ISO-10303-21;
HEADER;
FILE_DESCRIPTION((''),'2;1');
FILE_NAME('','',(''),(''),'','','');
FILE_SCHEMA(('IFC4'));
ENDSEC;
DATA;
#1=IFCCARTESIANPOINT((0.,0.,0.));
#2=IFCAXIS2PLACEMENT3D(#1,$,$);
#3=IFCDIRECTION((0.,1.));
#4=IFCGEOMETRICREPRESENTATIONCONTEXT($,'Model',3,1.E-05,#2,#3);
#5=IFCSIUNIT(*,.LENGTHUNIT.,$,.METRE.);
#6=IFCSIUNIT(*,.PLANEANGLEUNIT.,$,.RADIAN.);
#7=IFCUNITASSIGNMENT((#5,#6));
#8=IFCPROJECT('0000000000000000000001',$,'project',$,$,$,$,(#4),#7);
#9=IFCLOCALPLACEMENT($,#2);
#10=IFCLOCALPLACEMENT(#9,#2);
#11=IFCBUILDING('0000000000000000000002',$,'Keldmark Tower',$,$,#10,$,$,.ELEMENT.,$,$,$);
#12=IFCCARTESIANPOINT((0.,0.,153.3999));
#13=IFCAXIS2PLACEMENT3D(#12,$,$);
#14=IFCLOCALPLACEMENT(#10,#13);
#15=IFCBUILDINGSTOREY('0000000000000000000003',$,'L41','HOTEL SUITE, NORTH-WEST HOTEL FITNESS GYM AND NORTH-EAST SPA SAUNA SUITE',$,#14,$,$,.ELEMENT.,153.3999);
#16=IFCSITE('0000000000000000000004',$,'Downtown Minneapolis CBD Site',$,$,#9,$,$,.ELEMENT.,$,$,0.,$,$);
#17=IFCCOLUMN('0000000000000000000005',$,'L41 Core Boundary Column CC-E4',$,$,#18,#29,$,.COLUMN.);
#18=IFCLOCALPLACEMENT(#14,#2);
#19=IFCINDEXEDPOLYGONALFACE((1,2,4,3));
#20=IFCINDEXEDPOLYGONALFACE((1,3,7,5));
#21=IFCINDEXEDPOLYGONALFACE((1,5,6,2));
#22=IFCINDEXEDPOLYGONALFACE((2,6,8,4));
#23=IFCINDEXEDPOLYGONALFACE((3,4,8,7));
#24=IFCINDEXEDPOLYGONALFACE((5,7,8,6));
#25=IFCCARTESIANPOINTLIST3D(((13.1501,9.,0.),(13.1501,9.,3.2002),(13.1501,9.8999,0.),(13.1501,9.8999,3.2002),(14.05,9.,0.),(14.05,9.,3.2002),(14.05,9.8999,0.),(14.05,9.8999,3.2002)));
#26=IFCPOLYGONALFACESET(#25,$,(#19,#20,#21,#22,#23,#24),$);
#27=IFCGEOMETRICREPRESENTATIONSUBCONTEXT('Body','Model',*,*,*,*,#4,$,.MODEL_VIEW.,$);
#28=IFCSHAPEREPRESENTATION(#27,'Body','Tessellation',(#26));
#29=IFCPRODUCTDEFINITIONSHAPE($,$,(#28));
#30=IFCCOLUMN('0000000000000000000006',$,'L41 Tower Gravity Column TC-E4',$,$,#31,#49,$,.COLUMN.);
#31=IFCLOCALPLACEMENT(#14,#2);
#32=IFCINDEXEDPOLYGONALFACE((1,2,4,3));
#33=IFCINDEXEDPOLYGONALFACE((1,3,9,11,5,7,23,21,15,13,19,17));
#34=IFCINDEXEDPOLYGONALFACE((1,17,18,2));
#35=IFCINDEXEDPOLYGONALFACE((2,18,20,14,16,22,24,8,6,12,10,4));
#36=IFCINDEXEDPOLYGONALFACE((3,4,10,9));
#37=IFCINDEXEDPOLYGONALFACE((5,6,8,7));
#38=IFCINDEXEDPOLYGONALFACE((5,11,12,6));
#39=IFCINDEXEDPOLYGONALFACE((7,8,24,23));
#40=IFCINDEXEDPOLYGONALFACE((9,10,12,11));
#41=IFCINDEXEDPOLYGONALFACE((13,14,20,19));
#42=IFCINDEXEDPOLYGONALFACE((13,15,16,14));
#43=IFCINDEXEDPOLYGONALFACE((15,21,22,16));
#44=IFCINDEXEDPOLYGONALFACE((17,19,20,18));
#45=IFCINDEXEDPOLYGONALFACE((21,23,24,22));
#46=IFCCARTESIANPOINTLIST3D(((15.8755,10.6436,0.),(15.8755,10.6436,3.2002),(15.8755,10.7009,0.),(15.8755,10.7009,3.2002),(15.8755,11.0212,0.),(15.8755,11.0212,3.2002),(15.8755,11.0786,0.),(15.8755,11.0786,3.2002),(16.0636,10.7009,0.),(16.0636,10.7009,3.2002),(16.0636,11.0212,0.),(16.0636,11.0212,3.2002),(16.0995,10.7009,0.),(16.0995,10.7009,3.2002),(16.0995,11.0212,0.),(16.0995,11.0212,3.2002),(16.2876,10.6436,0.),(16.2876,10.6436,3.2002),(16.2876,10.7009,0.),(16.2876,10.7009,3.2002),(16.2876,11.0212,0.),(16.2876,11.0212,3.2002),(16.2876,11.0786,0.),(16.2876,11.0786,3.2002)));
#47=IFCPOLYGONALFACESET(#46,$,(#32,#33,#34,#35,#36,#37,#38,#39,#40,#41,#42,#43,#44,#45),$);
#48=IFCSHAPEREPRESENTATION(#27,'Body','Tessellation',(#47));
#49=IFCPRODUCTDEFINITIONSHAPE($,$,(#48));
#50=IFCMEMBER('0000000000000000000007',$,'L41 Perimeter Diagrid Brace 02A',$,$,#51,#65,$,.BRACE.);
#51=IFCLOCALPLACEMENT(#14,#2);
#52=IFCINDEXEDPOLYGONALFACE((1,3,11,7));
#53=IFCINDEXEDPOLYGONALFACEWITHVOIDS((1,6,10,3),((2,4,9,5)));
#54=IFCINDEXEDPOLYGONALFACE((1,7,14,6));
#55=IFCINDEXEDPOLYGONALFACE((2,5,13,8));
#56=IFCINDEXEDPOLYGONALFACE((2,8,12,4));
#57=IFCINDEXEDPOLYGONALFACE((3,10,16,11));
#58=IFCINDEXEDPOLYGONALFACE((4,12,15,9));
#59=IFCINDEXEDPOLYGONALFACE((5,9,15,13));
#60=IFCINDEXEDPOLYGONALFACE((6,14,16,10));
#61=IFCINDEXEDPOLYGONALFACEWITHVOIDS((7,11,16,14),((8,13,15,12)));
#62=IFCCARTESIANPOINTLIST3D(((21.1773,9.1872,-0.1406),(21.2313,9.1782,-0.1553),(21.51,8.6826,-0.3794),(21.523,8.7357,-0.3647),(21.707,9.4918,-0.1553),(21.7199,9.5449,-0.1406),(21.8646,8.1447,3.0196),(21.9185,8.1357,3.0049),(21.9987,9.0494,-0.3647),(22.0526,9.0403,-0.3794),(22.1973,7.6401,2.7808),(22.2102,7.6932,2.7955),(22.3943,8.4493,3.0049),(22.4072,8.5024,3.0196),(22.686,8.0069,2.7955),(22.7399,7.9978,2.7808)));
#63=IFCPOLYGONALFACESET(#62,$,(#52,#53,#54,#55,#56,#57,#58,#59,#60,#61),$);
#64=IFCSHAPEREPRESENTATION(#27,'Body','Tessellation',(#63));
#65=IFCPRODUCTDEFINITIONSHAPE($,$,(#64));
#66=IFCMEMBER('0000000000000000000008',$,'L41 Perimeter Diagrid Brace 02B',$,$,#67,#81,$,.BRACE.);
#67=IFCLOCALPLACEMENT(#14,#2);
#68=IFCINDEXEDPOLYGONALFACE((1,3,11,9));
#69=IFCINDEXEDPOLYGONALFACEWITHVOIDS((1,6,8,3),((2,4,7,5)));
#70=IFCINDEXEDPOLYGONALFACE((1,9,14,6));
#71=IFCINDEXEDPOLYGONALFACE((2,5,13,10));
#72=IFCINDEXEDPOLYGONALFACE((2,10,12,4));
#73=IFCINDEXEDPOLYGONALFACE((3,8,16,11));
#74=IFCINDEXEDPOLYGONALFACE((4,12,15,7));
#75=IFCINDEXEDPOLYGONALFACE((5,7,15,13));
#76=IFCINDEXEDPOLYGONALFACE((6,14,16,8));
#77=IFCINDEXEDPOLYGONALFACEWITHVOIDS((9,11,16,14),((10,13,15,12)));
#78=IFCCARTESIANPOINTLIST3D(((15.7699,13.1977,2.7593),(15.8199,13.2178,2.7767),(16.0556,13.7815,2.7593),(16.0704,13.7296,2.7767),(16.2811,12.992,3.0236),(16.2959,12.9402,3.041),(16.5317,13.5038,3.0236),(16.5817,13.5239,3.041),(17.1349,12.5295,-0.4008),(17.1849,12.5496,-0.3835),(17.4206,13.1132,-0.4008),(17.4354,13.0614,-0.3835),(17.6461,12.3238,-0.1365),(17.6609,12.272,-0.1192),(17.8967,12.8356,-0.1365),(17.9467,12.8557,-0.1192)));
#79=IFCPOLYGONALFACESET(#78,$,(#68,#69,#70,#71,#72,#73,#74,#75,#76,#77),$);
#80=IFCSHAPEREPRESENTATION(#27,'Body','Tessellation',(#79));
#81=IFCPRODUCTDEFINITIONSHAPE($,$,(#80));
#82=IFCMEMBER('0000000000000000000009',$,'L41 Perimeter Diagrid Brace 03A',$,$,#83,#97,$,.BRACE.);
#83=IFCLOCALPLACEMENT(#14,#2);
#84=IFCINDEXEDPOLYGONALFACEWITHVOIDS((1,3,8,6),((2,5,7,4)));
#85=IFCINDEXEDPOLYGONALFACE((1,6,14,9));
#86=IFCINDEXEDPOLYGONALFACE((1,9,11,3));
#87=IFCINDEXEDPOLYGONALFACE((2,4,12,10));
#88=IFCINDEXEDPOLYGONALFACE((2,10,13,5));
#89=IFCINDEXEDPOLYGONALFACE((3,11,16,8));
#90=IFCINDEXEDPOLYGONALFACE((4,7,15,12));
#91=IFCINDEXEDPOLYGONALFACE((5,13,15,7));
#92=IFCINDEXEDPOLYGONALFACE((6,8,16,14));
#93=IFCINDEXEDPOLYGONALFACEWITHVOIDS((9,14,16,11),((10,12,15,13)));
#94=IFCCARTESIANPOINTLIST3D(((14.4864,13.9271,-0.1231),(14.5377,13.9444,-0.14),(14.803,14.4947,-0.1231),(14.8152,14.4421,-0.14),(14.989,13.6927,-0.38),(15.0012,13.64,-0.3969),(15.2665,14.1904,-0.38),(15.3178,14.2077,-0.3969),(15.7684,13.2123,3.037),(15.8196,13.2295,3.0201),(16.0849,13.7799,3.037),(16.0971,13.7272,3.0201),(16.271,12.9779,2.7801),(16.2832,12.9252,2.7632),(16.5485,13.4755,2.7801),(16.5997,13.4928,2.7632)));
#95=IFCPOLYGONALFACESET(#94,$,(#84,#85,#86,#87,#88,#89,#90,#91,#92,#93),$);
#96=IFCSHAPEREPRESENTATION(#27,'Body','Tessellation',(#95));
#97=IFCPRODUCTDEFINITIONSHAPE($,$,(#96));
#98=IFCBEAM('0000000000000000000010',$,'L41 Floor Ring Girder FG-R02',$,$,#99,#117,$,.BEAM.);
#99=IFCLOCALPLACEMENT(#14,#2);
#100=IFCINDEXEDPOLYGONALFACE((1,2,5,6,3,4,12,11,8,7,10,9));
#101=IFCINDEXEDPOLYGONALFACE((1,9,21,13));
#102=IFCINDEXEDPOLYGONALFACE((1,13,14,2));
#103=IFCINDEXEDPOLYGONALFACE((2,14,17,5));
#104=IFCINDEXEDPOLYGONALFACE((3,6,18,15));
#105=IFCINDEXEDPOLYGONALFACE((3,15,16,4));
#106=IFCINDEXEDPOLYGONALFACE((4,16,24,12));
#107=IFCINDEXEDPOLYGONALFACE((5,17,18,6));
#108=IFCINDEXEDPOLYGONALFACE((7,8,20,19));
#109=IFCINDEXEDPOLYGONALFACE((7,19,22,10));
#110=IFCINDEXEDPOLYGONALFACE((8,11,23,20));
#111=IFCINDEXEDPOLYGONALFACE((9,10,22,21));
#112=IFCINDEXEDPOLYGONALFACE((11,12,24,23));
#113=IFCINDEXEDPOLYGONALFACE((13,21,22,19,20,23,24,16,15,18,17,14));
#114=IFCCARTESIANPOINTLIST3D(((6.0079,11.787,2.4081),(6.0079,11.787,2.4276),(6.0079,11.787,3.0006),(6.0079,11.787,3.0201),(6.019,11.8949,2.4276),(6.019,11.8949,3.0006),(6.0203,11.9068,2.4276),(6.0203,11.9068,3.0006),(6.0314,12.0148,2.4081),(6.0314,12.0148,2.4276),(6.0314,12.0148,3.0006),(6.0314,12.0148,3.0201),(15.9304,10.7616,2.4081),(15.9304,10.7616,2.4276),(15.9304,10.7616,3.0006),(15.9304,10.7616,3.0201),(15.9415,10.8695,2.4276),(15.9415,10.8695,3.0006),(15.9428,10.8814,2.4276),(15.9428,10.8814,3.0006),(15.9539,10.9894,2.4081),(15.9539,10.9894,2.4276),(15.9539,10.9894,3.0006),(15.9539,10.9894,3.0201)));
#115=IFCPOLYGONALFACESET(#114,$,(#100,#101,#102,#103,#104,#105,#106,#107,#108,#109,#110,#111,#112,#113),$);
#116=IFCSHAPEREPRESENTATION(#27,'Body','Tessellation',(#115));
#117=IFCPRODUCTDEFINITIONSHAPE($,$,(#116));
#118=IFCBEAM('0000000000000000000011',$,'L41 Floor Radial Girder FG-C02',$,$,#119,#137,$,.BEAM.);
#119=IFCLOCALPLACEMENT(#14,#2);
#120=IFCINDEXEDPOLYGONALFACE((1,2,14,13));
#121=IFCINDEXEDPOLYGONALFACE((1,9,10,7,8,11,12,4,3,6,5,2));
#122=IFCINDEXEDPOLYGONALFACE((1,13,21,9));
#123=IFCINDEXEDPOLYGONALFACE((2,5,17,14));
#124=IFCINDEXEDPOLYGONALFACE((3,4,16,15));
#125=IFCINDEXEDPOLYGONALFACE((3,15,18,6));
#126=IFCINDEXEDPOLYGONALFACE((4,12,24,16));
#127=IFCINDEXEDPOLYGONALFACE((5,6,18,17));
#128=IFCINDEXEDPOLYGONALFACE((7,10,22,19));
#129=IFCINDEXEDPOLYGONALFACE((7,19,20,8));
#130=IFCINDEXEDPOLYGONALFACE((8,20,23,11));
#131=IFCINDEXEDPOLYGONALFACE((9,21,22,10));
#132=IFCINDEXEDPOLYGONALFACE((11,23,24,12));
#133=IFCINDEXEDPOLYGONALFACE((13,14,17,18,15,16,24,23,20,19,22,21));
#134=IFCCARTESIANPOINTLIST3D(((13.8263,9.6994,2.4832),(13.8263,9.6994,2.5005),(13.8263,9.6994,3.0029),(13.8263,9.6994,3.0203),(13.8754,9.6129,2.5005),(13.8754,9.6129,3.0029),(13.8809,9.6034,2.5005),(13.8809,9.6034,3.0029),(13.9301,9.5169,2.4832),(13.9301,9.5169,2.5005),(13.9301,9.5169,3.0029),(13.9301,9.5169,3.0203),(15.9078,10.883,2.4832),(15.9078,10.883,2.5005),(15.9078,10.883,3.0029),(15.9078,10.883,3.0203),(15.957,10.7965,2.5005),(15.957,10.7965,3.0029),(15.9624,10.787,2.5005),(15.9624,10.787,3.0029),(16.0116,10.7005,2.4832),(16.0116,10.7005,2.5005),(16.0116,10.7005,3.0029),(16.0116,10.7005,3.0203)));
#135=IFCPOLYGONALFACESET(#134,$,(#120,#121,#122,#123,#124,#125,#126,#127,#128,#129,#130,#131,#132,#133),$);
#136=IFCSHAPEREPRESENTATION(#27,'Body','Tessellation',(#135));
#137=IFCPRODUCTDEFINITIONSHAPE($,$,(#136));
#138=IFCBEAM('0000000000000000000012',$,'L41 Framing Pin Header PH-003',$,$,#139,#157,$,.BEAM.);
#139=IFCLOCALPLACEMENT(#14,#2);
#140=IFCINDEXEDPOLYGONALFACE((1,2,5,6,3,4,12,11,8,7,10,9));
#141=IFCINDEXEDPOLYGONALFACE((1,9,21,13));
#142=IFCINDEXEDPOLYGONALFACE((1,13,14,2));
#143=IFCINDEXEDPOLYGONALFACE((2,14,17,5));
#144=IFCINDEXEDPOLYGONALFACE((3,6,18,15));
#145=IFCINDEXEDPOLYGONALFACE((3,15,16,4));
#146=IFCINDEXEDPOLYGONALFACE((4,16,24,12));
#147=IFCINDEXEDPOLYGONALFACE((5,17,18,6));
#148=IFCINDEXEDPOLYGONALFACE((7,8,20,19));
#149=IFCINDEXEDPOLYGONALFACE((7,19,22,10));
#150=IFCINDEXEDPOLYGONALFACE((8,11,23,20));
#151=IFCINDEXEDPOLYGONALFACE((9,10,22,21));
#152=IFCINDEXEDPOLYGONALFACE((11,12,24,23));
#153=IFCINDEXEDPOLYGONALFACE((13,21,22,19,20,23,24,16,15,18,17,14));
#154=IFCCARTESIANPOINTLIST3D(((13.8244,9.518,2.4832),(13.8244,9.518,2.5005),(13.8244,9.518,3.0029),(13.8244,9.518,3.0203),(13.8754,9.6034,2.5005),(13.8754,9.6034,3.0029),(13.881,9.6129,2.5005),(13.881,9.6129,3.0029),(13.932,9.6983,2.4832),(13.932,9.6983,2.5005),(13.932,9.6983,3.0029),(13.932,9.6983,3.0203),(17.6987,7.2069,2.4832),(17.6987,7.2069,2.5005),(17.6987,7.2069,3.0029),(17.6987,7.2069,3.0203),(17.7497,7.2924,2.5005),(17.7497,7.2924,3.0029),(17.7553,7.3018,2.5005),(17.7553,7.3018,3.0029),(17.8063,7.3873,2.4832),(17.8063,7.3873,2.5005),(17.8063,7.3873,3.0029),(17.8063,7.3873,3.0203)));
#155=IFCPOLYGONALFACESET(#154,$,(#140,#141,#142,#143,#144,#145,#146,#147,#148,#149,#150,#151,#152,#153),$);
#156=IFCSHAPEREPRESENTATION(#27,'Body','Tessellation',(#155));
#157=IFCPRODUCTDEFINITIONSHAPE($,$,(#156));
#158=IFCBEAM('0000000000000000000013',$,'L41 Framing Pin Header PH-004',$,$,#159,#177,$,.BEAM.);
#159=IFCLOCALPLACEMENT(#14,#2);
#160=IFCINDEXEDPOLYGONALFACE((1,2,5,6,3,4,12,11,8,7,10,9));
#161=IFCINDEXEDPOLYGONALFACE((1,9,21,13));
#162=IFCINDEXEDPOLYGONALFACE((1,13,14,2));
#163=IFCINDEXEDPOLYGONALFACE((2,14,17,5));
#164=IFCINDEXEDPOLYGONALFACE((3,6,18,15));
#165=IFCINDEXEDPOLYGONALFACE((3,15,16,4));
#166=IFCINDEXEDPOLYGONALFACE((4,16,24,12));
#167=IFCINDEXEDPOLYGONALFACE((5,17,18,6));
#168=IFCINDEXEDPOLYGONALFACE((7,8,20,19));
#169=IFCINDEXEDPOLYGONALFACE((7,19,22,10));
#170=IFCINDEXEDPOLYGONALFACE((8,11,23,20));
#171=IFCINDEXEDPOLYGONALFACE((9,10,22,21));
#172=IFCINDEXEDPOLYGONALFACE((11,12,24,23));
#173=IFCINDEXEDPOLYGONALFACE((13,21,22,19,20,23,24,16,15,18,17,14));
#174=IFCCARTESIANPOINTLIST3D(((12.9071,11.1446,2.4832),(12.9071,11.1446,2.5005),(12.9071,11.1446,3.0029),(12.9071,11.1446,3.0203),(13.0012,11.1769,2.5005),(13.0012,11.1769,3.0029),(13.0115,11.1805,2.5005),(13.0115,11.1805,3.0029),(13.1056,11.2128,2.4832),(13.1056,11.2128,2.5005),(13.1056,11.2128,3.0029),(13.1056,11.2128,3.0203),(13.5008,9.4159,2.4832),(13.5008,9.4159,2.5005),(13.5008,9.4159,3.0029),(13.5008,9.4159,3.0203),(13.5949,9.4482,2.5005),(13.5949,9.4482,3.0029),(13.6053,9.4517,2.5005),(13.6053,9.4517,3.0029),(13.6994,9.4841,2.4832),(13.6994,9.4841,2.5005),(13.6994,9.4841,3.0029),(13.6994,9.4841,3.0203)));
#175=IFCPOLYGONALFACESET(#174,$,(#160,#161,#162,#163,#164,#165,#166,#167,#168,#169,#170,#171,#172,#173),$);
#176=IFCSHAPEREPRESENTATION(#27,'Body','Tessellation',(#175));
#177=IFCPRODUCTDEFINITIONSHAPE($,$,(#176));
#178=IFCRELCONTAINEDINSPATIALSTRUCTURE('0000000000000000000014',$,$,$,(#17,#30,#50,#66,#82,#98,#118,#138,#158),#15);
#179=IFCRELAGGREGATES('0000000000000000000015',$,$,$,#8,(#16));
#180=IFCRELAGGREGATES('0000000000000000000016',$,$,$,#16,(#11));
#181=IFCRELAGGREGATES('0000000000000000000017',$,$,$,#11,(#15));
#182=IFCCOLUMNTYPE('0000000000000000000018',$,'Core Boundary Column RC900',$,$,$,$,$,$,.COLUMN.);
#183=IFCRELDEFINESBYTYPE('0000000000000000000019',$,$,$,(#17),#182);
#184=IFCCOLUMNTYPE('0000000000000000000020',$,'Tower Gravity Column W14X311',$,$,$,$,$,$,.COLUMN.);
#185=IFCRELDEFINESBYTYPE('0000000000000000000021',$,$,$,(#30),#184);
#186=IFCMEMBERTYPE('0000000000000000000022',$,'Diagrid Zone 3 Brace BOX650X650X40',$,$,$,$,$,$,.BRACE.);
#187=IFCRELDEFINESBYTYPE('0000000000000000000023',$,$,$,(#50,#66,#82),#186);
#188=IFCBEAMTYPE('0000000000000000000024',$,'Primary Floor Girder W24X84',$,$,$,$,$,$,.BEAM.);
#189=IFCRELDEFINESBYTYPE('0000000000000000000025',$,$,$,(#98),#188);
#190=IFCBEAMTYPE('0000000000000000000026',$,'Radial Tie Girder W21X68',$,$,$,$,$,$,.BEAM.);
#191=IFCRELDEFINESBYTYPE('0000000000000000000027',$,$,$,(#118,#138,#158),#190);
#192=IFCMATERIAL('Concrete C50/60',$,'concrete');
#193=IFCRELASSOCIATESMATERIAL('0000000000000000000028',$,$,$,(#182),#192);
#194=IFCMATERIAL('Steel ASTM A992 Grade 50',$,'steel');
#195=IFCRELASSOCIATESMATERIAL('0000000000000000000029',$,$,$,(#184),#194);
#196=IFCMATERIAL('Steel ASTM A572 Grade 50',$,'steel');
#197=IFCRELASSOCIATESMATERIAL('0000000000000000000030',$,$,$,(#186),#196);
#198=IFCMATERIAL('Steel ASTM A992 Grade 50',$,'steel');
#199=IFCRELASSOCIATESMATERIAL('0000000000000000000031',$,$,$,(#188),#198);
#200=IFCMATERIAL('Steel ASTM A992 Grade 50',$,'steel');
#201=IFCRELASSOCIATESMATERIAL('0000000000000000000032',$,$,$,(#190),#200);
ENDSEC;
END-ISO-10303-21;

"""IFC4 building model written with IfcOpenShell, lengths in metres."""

from ifc_helpers import new_model, si_unit, direction, frame, origin, origin_2d, place, context, subcontext, project, spatial, rectangle, hollow_rectangle, i_section, extrude, material, material_profile, profile_set, type_object, element, save


model = new_model("IFC4")

# Units and contexts
model_context = context("Model", 3, precision=1e-05, world=origin(), true_north=direction((0.0, 1.0)))
body_context = subcontext(model_context, "Body", "Model", "MODEL_VIEW")
ifc_project = project(units=[si_unit("LENGTHUNIT", "METRE"), si_unit("PLANEANGLEUNIT", "RADIAN")], contexts=[model_context])

# Site, building, storey
site_placement = place(None, origin())
site = spatial("IfcSite", under=ifc_project, at=site_placement, Name="Downtown Minneapolis CBD Site", CompositionType="ELEMENT", RefElevation=0.0)
building_placement = place(site_placement, origin())
building = spatial("IfcBuilding", under=site, at=building_placement, Name="Keldmark Tower", CompositionType="ELEMENT")
storey_placement = place(building_placement, frame((0.0, 0.0, 153.3999)))
storey = spatial("IfcBuildingStorey", under=building, at=storey_placement, Name="L41", Description="HOTEL SUITE, NORTH-WEST HOTEL FITNESS GYM AND NORTH-EAST SPA SAUNA SUITE", CompositionType="ELEMENT", Elevation=153.3999)

# Columns
ifc_material_1 = material(Name="Concrete C50/60", Category="concrete")
ifc_material_profile_1 = material_profile(ifc_material_1, rectangle(XDim=0.8999, YDim=0.8999, at=origin_2d()), Name="RC900X900")
ifc_profile_set_1 = profile_set([ifc_material_profile_1], Name="Concrete C50/60")
column_type_1 = type_object("IfcColumnType", Name="Core Boundary Column RC900", PredefinedType="COLUMN", material=ifc_profile_set_1)
column_1_placement = place(storey_placement, frame((13.6001, 9.45, 0.0), z_axis=(0.0, 0.0, 1.0), x_axis=(1.0, 0.0, 0.0)))
element("IfcColumn", 1, at=column_1_placement, inside=storey, type_object=column_type_1, Name="L41 Core Boundary Column CC-E4", PredefinedType="COLUMN", context=body_context, shape_type="SweptSolid", body=[
    extrude(rectangle(XDim=0.8999, YDim=0.8999, at=origin_2d()), origin(), (0.0, 0.0, 1.0), 3.2002),
])
ifc_material_2 = material(Name="Steel ASTM A992 Grade 50", Category="steel")
ifc_material_profile_2 = material_profile(ifc_material_2, i_section(OverallWidth=0.4121, OverallDepth=0.4351, WebThickness=0.0359, FlangeThickness=0.0574, at=origin_2d()), Name="W14X311")
ifc_profile_set_2 = profile_set([ifc_material_profile_2], Name="Steel ASTM A992 Grade 50")
column_type_2 = type_object("IfcColumnType", Name="Tower Gravity Column W14X311", PredefinedType="COLUMN", material=ifc_profile_set_2)
column_2_placement = place(storey_placement, frame((16.0815, 10.8611, 0.0), z_axis=(0.0, 0.0, 1.0), x_axis=(1.0, 0.0, 0.0)))
element("IfcColumn", 2, at=column_2_placement, inside=storey, type_object=column_type_2, Name="L41 Tower Gravity Column TC-E4", PredefinedType="COLUMN", context=body_context, shape_type="SweptSolid", body=[
    extrude(i_section(OverallWidth=0.4121, OverallDepth=0.4351, WebThickness=0.0359, FlangeThickness=0.0574, at=origin_2d()), origin(), (0.0, 0.0, 1.0), 3.2002),
])

# Members
ifc_material_3 = material(Name="Steel ASTM A572 Grade 50", Category="steel")
ifc_material_profile_3 = material_profile(ifc_material_3, hollow_rectangle(XDim=0.6499, YDim=0.6499, WallThickness=0.04, at=origin_2d()), Name="BOX650X650X40")
ifc_profile_set_3 = profile_set([ifc_material_profile_3], Name="Steel ASTM A572 Grade 50")
member_type = type_object("IfcMemberType", Name="Diagrid Zone 3 Brace BOX650X650X40", PredefinedType="BRACE", material=ifc_profile_set_3)
member_1_placement = place(storey_placement, frame((21.615, 9.1138, -0.26), z_axis=(0.202259, -0.306802, 0.930034), x_axis=(0.834897, 0.550406, 0.0)))
element("IfcMember", 3, at=member_1_placement, inside=storey, type_object=member_type, Name="L41 Perimeter Diagrid Brace 02A", PredefinedType="BRACE", context=body_context, shape_type="SweptSolid", body=[
    extrude(hollow_rectangle(XDim=0.6499, YDim=0.6499, WallThickness=0.04, at=origin_2d()), origin(), (0.0, 0.0, 1.0), 3.3979),
])
member_2_placement = place(storey_placement, frame((17.5408, 12.6926, -0.26), z_axis=(-0.389262, 0.190558, 0.901201), x_axis=(-0.43968, -0.898155, 0.0)))
element("IfcMember", 4, at=member_2_placement, inside=storey, type_object=member_type, Name="L41 Perimeter Diagrid Brace 02B", PredefinedType="BRACE", context=body_context, shape_type="SweptSolid", body=[
    extrude(hollow_rectangle(XDim=0.6499, YDim=0.6499, WallThickness=0.04, at=origin_2d()), origin(), (0.0, 0.0, 1.0), 3.5066),
])
member_3_placement = place(storey_placement, frame((14.9021, 14.0674, -0.26), z_axis=(0.36792, -0.205155, 0.906943), x_axis=(0.487012, 0.873395, 0.0)))
element("IfcMember", 5, at=member_3_placement, inside=storey, type_object=member_type, Name="L41 Perimeter Diagrid Brace 03A", PredefinedType="BRACE", context=body_context, shape_type="SweptSolid", body=[
    extrude(hollow_rectangle(XDim=0.6499, YDim=0.6499, WallThickness=0.04, at=origin_2d()), origin(), (0.0, 0.0, 1.0), 3.4844),
])

# Beams
ifc_material_4 = material(Name="Steel ASTM A992 Grade 50", Category="steel")
ifc_material_profile_4 = material_profile(ifc_material_4, i_section(OverallWidth=0.229, OverallDepth=0.6121, WebThickness=0.012, FlangeThickness=0.0195, at=origin_2d()), Name="W24X84")
ifc_profile_set_4 = profile_set([ifc_material_profile_4], Name="Steel ASTM A992 Grade 50")
beam_type_1 = type_object("IfcBeamType", Name="Primary Floor Girder W24X84", PredefinedType="BEAM", material=ifc_profile_set_4)
beam_1_placement = place(storey_placement, frame((15.9421, 10.8755, 2.7141), z_axis=(-0.994703, 0.102791, 0.0), x_axis=(-0.102791, -0.994703, 0.0)))
element("IfcBeam", 6, at=beam_1_placement, inside=storey, type_object=beam_type_1, Name="L41 Floor Ring Girder FG-R02", PredefinedType="BEAM", context=body_context, shape_type="SweptSolid", body=[
    extrude(i_section(OverallWidth=0.229, OverallDepth=0.6121, WebThickness=0.012, FlangeThickness=0.0195, at=origin_2d()), origin(), (0.0, 0.0, 1.0), 9.9753),
])
ifc_material_5 = material(Name="Steel ASTM A992 Grade 50", Category="steel")
ifc_material_profile_5 = material_profile(ifc_material_5, i_section(OverallWidth=0.21, OverallDepth=0.5371, WebThickness=0.011, FlangeThickness=0.0173, at=origin_2d()), Name="W21X68")
ifc_profile_set_5 = profile_set([ifc_material_profile_5], Name="Steel ASTM A992 Grade 50")
beam_type_2 = type_object("IfcBeamType", Name="Radial Tie Girder W21X68", PredefinedType="BEAM", material=ifc_profile_set_5)
beam_2_placement = place(storey_placement, frame((15.9597, 10.7917, 2.7517), z_axis=(-0.869295, -0.494293, 0.0), x_axis=(0.494293, -0.869295, 0.0)))
element("IfcBeam", 7, at=beam_2_placement, inside=storey, type_object=beam_type_2, Name="L41 Floor Radial Girder FG-C02", PredefinedType="BEAM", context=body_context, shape_type="SweptSolid", body=[
    extrude(i_section(OverallWidth=0.21, OverallDepth=0.5371, WebThickness=0.011, FlangeThickness=0.0173, at=origin_2d()), origin(), (0.0, 0.0, 1.0), 2.3945),
])
beam_3_placement = place(storey_placement, frame((13.8782, 9.6082, 2.7517), z_axis=(0.858813, -0.51229, 0.0), x_axis=(0.51229, 0.858813, 0.0)))
element("IfcBeam", 8, at=beam_3_placement, inside=storey, type_object=beam_type_2, Name="L41 Framing Pin Header PH-003", PredefinedType="BEAM", context=body_context, shape_type="SweptSolid", body=[
    extrude(i_section(OverallWidth=0.21, OverallDepth=0.5371, WebThickness=0.011, FlangeThickness=0.0173, at=origin_2d()), origin(), (0.0, 0.0, 1.0), 4.5112),
])
beam_4_placement = place(storey_placement, frame((13.6001, 9.45, 2.7517), z_axis=(-0.32483, 0.945773, 0.0), x_axis=(-0.945773, -0.32483, 0.0)))
element("IfcBeam", 9, at=beam_4_placement, inside=storey, type_object=beam_type_2, Name="L41 Framing Pin Header PH-004", PredefinedType="BEAM", context=body_context, shape_type="SweptSolid", body=[
    extrude(i_section(OverallWidth=0.21, OverallDepth=0.5371, WebThickness=0.011, FlangeThickness=0.0173, at=origin_2d()), origin(), (0.0, 0.0, 1.0), 1.8279),
])

save(model, "model.ifc")
